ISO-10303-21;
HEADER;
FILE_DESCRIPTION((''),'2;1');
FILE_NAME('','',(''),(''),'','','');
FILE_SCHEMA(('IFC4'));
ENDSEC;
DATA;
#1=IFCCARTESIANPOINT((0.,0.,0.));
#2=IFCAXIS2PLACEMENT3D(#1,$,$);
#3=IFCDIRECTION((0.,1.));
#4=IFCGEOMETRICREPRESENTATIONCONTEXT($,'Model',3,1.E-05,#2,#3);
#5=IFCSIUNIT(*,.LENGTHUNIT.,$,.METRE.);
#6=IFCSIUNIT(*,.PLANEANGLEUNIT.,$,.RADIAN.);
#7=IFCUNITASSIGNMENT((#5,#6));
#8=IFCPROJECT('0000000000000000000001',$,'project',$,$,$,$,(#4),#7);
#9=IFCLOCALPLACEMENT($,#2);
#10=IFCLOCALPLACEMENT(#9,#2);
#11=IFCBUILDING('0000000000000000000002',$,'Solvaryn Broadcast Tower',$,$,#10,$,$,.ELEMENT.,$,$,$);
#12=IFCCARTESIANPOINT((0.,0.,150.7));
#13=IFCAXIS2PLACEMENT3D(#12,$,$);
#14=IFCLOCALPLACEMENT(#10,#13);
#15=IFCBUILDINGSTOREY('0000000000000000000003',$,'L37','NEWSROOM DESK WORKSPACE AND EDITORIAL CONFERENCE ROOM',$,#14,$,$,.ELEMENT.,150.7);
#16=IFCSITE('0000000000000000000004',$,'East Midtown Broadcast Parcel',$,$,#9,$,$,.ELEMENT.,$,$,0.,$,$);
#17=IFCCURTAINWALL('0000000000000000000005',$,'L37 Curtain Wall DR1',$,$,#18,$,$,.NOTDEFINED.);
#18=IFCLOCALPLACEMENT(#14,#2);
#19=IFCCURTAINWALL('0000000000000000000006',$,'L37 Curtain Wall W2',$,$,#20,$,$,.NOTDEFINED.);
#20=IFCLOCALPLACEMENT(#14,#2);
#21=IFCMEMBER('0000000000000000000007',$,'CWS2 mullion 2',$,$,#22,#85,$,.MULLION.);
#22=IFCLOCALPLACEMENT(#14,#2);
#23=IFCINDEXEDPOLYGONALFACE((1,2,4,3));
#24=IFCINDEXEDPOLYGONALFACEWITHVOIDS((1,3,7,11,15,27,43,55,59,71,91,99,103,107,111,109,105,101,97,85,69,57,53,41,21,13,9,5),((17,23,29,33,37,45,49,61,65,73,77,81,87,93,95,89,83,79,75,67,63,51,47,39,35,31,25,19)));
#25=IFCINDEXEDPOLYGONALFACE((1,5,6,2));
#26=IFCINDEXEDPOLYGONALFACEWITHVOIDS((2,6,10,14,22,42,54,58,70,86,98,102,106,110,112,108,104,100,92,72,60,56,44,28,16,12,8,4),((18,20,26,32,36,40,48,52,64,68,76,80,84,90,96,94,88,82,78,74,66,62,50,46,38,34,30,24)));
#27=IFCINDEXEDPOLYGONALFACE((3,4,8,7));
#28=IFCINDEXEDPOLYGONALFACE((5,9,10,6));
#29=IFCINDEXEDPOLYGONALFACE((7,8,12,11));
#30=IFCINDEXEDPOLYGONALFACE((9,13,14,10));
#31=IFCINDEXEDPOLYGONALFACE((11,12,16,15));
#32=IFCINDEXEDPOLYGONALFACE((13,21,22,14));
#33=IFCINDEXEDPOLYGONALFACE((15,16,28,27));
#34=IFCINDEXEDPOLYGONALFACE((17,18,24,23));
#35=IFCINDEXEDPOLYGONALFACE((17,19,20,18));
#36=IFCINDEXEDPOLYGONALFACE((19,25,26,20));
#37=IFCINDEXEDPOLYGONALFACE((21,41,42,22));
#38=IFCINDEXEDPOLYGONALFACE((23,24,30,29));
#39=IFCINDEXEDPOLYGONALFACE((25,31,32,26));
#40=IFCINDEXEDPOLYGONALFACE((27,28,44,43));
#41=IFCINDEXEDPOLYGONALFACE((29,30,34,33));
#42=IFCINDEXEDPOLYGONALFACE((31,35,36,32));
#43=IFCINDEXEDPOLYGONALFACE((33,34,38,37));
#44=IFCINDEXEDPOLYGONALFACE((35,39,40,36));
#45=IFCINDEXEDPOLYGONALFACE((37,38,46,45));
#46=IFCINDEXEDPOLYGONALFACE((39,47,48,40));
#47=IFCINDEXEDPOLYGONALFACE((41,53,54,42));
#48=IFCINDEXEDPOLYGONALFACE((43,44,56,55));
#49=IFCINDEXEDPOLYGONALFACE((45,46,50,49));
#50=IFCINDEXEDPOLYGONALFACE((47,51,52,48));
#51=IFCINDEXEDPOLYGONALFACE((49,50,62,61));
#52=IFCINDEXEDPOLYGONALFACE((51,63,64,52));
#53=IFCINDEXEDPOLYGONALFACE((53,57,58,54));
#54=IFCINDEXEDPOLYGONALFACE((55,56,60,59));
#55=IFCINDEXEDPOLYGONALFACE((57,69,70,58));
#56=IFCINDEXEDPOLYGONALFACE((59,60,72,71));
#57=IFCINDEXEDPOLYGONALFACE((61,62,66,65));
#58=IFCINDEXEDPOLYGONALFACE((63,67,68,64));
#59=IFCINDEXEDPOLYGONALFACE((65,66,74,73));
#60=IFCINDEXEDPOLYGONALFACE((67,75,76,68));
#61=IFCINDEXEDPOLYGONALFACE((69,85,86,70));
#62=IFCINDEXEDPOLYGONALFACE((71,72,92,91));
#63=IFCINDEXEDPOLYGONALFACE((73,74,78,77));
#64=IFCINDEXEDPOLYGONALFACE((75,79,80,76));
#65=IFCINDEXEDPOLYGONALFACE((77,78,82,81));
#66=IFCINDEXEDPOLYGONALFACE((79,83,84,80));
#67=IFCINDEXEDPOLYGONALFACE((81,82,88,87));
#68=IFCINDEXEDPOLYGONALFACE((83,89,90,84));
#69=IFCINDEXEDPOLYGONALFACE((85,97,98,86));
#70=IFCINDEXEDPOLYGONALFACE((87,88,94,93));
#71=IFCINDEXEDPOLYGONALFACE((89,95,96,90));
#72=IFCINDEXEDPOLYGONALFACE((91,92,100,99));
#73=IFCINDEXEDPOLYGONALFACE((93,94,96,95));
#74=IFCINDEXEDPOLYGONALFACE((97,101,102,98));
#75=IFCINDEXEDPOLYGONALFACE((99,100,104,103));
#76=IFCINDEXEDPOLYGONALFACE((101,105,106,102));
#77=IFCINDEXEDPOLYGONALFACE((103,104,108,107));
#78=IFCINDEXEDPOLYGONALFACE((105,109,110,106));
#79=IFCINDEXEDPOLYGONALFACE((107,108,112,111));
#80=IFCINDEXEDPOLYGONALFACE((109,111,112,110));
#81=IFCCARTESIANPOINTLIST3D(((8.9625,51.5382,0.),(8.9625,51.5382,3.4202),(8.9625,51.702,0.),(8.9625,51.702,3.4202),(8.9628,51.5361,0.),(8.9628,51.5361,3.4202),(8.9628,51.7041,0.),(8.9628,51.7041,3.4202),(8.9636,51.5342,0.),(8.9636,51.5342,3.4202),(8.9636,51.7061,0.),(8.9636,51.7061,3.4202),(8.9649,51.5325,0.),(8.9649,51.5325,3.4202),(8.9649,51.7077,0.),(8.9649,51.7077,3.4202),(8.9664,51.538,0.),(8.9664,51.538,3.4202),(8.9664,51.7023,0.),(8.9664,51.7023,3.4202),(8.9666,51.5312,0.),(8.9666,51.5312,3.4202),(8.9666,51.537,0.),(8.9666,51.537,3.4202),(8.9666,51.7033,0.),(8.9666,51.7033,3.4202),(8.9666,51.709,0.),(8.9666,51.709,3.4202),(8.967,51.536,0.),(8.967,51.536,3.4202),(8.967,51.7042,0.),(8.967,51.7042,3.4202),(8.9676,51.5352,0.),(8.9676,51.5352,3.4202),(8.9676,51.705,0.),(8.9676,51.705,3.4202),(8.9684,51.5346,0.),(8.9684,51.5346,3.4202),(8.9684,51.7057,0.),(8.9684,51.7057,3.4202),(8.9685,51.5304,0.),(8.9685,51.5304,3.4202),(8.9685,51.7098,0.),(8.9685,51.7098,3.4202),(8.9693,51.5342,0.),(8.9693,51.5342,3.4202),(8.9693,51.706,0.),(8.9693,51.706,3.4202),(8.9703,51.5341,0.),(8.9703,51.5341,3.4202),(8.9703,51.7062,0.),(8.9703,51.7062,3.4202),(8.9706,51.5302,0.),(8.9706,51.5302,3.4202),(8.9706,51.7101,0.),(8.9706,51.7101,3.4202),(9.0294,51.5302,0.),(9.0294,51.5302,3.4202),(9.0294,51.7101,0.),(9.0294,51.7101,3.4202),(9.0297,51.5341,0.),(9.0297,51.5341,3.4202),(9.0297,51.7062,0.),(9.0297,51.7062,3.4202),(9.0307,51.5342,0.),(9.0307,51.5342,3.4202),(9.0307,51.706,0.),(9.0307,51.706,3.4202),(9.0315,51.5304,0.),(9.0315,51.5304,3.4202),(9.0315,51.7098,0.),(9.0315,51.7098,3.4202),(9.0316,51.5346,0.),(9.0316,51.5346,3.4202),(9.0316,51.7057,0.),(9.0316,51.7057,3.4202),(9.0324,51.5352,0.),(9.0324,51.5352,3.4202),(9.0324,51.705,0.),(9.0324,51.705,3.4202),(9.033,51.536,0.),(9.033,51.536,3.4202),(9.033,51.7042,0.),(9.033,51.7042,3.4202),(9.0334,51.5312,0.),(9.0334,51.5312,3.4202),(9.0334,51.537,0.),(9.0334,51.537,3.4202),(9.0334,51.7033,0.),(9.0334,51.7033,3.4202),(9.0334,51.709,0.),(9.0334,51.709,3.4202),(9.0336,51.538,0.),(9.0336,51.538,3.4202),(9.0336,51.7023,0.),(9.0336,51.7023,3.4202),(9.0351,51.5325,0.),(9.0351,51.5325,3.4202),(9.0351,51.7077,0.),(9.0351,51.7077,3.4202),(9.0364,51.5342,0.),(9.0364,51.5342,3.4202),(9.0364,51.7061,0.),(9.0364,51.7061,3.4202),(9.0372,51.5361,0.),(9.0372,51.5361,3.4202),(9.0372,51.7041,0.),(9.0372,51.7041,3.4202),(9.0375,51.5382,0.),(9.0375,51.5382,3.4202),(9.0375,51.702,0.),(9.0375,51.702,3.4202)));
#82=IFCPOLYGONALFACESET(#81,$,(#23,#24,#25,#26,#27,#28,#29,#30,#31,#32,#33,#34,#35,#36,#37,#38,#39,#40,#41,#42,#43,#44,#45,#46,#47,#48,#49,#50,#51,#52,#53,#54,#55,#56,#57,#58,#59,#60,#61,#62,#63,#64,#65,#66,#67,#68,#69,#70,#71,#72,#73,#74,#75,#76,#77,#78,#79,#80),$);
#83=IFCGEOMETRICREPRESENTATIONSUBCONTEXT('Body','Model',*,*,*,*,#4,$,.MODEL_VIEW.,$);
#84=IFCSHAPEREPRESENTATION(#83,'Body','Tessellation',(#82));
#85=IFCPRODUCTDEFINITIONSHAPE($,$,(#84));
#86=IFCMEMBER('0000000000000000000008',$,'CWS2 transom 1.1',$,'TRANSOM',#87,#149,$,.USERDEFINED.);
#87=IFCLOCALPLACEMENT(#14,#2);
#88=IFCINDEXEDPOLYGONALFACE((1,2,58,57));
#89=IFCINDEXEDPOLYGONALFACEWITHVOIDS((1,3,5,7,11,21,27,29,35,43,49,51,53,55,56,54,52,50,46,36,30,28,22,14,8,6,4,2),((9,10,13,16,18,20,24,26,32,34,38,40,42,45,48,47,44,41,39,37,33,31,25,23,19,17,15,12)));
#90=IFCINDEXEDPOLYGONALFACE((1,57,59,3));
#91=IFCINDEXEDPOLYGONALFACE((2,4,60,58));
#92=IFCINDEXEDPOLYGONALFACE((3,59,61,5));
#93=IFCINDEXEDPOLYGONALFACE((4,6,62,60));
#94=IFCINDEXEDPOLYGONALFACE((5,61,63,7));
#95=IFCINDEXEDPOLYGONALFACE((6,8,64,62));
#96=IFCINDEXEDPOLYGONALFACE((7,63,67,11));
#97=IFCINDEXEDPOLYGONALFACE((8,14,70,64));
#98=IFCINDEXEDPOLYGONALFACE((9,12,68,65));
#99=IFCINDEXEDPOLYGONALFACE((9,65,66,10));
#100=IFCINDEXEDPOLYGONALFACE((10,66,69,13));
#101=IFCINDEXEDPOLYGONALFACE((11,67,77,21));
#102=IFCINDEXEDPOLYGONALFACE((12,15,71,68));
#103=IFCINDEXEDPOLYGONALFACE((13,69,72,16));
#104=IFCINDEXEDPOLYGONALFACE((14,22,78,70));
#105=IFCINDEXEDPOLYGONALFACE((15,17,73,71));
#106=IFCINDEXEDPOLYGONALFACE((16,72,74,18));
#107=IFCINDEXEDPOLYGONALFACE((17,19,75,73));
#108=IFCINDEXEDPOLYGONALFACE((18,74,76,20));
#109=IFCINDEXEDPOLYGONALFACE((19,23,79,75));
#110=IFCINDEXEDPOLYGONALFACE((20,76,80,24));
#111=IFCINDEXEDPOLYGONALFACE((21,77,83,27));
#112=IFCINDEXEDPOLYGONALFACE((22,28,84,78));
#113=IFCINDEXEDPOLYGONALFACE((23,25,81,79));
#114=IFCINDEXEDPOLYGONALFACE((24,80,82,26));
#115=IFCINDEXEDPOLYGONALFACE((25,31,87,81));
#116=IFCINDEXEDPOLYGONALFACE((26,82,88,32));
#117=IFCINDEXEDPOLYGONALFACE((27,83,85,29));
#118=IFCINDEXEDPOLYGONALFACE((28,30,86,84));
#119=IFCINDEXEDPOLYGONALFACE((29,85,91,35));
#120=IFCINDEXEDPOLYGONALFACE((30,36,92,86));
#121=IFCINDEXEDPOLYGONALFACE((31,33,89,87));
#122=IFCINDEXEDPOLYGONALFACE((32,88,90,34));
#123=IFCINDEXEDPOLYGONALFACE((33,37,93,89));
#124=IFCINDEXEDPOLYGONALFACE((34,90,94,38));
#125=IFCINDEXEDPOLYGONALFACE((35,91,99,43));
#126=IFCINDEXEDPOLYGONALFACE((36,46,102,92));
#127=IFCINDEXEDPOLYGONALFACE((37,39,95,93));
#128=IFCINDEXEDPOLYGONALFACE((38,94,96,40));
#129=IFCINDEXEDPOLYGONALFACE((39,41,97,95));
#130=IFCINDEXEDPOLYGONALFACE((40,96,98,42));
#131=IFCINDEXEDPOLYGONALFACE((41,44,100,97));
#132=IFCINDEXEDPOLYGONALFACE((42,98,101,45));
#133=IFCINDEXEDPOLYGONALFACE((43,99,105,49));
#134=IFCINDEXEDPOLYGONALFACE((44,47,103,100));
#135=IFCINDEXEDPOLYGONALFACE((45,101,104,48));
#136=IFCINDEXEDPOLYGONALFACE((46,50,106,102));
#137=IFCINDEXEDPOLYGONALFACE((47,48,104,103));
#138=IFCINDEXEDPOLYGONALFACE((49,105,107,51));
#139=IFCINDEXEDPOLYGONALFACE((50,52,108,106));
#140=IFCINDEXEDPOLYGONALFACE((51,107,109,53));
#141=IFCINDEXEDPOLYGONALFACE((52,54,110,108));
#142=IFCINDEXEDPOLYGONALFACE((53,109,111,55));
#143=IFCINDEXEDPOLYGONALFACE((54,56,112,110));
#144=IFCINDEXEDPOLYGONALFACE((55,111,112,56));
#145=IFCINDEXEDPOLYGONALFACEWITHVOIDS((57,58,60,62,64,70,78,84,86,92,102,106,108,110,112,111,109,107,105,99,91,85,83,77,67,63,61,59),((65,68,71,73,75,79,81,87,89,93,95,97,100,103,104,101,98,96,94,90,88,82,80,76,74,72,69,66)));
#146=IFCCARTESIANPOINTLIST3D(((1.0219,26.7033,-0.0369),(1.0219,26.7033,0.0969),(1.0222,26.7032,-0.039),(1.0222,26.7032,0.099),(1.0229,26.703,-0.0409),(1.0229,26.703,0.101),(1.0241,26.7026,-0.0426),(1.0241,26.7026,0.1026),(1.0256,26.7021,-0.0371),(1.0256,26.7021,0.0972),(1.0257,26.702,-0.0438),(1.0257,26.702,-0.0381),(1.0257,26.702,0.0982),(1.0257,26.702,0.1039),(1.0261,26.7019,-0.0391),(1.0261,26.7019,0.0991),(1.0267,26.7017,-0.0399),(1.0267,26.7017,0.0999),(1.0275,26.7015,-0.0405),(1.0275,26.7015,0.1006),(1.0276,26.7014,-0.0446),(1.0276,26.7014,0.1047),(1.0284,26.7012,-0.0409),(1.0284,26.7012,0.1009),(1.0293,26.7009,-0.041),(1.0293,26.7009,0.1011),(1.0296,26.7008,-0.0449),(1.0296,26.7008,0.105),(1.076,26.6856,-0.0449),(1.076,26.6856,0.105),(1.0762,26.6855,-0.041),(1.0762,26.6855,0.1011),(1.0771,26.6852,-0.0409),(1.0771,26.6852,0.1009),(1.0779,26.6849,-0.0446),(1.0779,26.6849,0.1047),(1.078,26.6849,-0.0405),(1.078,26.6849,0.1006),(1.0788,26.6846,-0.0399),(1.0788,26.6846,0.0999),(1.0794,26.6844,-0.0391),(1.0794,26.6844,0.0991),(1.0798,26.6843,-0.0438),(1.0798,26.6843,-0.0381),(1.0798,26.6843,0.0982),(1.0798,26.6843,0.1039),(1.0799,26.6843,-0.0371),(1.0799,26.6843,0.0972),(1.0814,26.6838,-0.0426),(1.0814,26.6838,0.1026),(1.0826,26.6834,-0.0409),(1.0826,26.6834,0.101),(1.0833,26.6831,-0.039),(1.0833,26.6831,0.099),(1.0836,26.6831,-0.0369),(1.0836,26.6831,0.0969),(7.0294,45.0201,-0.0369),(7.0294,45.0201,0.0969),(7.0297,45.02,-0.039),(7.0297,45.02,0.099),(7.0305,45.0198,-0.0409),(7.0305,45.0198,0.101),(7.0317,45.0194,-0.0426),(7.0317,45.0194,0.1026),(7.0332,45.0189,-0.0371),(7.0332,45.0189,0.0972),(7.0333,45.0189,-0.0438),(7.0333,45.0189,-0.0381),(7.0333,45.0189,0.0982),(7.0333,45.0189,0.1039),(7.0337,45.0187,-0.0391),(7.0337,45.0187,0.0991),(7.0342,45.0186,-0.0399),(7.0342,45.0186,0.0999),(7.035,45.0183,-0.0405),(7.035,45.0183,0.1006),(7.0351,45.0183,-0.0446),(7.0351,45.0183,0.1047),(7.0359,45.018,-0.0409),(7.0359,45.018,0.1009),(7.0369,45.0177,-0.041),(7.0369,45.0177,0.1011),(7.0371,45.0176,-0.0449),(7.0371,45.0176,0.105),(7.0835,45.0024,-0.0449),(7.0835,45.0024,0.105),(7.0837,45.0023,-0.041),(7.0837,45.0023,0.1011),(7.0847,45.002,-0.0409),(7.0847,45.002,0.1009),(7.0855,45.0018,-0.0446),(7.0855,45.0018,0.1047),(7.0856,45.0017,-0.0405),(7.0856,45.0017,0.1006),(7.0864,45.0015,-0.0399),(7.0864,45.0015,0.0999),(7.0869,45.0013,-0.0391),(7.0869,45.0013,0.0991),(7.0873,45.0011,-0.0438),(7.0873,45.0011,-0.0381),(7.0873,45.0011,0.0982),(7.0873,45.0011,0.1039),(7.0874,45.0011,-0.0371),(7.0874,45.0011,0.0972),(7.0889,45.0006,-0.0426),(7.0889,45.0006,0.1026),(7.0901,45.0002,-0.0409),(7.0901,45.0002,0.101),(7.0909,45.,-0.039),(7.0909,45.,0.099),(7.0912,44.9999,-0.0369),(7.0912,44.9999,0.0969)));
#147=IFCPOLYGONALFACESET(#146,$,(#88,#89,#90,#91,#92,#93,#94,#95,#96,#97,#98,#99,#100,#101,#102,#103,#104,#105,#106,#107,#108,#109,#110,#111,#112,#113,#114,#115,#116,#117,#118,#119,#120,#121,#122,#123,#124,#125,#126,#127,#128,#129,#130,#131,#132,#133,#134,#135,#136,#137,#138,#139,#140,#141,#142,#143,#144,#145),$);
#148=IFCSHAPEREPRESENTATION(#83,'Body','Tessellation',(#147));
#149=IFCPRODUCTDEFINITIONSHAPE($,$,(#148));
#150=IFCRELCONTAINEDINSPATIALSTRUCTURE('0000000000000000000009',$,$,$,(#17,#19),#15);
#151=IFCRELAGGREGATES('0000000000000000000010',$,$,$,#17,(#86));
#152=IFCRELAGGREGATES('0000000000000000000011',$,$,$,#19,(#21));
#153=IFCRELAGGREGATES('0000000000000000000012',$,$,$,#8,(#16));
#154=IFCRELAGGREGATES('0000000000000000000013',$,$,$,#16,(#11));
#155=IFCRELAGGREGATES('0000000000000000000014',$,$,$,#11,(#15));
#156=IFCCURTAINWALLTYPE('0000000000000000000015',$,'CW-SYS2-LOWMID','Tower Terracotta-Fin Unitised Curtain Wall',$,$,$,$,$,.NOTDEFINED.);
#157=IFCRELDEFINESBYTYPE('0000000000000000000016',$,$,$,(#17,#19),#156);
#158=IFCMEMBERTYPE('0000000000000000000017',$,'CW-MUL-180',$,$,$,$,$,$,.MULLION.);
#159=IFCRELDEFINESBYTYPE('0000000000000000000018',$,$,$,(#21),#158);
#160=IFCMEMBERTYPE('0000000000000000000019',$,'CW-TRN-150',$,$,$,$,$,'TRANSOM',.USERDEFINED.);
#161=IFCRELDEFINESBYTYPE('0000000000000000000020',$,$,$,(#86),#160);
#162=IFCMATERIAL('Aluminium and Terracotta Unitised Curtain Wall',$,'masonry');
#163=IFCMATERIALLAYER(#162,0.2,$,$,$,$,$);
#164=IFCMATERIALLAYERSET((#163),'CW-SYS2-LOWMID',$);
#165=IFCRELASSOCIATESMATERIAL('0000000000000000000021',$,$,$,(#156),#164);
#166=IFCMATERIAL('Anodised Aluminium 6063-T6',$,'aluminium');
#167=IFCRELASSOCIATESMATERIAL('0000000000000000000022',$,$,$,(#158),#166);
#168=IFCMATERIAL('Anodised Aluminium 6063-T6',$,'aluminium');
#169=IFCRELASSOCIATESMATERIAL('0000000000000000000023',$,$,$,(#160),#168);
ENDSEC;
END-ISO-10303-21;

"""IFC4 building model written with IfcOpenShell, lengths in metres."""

from ifc_helpers import new_model, si_unit, direction, frame, origin, origin_2d, place, context, subcontext, project, spatial, hollow_rectangle, extrude, material, layer, layer_set, material_profile, profile_set, type_object, element, aggregate, save


model = new_model("IFC4")

# Units and contexts
model_context = context("Model", 3, precision=1e-05, world=origin(), true_north=direction((0.0, 1.0)))
body_context = subcontext(model_context, "Body", "Model", "MODEL_VIEW")
ifc_project = project(units=[si_unit("LENGTHUNIT", "METRE"), si_unit("PLANEANGLEUNIT", "RADIAN")], contexts=[model_context])

# Site, building, storey
site_placement = place(None, origin())
site = spatial("IfcSite", under=ifc_project, at=site_placement, Name="East Midtown Broadcast Parcel", CompositionType="ELEMENT", RefElevation=0.0)
building_placement = place(site_placement, origin())
building = spatial("IfcBuilding", under=site, at=building_placement, Name="Solvaryn Broadcast Tower", CompositionType="ELEMENT")
storey_placement = place(building_placement, frame((0.0, 0.0, 150.7)))
storey = spatial("IfcBuildingStorey", under=building, at=storey_placement, Name="L37", Description="NEWSROOM DESK WORKSPACE AND EDITORIAL CONFERENCE ROOM", CompositionType="ELEMENT", Elevation=150.7)

# Curtain wall
ifc_material_1 = material(Name="Aluminium and Terracotta Unitised Curtain Wall", Category="masonry")
ifc_layer_1 = layer(ifc_material_1, 0.2)
ifc_layer_set_1 = layer_set([ifc_layer_1], Name="CW-SYS2-LOWMID")
curtain_wall_type = type_object("IfcCurtainWallType", Name="CW-SYS2-LOWMID", Description="Tower Terracotta-Fin Unitised Curtain Wall", PredefinedType="NOTDEFINED", material=ifc_layer_set_1)
curtain_wall_1_placement = place(storey_placement, origin())
curtain_wall_1 = element("IfcCurtainWall", 1, at=curtain_wall_1_placement, inside=storey, type_object=curtain_wall_type, Name="L37 Curtain Wall DR1", PredefinedType="NOTDEFINED")
ifc_material_2 = material(Name="Anodised Aluminium 6063-T6", Category="aluminium")
ifc_material_profile_1 = material_profile(ifc_material_2, hollow_rectangle(XDim=0.075, YDim=0.1799, WallThickness=0.0039, InnerFilletRadius=0.0039, OuterFilletRadius=0.0081, at=origin_2d()))
ifc_profile_set_1 = profile_set([ifc_material_profile_1], Name="Anodised Aluminium 6063-T6")
member_type_1 = type_object("IfcMemberType", Name="CW-MUL-180", PredefinedType="MULLION", material=ifc_profile_set_1)

# Curtain wall, member
curtain_wall_2_placement = place(storey_placement, origin())
curtain_wall_2 = element("IfcCurtainWall", 2, at=curtain_wall_2_placement, inside=storey, type_object=curtain_wall_type, Name="L37 Curtain Wall W2", PredefinedType="NOTDEFINED")
member_1_placement = place(storey_placement, frame((9.0, 51.6201, 0.0), z_axis=(0.0, 0.0, 1.0), x_axis=(-1.0, 0.0, 0.0)))
member_1 = element("IfcMember", 3, at=member_1_placement, type_object=member_type_1, Name="CWS2 mullion 2", PredefinedType="MULLION", context=body_context, shape_type="SweptSolid", body=[
    extrude(hollow_rectangle(XDim=0.075, YDim=0.1799, WallThickness=0.0039, InnerFilletRadius=0.0039, OuterFilletRadius=0.0081, at=origin_2d()), origin(), (0.0, 0.0, 1.0), 3.4202),
])

# Member
ifc_material_3 = material(Name="Anodised Aluminium 6063-T6", Category="aluminium")
ifc_material_profile_2 = material_profile(ifc_material_3, hollow_rectangle(XDim=0.0649, YDim=0.1499, WallThickness=0.0039, InnerFilletRadius=0.0039, OuterFilletRadius=0.0081, at=origin_2d()))
ifc_profile_set_2 = profile_set([ifc_material_profile_2], Name="Anodised Aluminium 6063-T6")
member_type_2 = type_object("IfcMemberType", Name="CW-TRN-150", ElementType="TRANSOM", PredefinedType="USERDEFINED", material=ifc_profile_set_2)
member_2_placement = place(storey_placement, frame((7.0603, 45.01, 0.03), z_axis=(-0.311646, -0.950198, 0.0), x_axis=(0.950198, -0.311646, 0.0)))
member_2 = element("IfcMember", 4, at=member_2_placement, type_object=member_type_2, Name="CWS2 transom 1.1", ObjectType="TRANSOM", PredefinedType="USERDEFINED", context=body_context, shape_type="SweptSolid", body=[
    extrude(hollow_rectangle(XDim=0.0649, YDim=0.1499, WallThickness=0.0039, InnerFilletRadius=0.0039, OuterFilletRadius=0.0081, at=origin_2d()), origin(), (0.0, 0.0, 1.0), 19.2769),
])
aggregate(curtain_wall_1, [member_2])

aggregate(curtain_wall_2, [member_1])

save(model, "model.ifc")
